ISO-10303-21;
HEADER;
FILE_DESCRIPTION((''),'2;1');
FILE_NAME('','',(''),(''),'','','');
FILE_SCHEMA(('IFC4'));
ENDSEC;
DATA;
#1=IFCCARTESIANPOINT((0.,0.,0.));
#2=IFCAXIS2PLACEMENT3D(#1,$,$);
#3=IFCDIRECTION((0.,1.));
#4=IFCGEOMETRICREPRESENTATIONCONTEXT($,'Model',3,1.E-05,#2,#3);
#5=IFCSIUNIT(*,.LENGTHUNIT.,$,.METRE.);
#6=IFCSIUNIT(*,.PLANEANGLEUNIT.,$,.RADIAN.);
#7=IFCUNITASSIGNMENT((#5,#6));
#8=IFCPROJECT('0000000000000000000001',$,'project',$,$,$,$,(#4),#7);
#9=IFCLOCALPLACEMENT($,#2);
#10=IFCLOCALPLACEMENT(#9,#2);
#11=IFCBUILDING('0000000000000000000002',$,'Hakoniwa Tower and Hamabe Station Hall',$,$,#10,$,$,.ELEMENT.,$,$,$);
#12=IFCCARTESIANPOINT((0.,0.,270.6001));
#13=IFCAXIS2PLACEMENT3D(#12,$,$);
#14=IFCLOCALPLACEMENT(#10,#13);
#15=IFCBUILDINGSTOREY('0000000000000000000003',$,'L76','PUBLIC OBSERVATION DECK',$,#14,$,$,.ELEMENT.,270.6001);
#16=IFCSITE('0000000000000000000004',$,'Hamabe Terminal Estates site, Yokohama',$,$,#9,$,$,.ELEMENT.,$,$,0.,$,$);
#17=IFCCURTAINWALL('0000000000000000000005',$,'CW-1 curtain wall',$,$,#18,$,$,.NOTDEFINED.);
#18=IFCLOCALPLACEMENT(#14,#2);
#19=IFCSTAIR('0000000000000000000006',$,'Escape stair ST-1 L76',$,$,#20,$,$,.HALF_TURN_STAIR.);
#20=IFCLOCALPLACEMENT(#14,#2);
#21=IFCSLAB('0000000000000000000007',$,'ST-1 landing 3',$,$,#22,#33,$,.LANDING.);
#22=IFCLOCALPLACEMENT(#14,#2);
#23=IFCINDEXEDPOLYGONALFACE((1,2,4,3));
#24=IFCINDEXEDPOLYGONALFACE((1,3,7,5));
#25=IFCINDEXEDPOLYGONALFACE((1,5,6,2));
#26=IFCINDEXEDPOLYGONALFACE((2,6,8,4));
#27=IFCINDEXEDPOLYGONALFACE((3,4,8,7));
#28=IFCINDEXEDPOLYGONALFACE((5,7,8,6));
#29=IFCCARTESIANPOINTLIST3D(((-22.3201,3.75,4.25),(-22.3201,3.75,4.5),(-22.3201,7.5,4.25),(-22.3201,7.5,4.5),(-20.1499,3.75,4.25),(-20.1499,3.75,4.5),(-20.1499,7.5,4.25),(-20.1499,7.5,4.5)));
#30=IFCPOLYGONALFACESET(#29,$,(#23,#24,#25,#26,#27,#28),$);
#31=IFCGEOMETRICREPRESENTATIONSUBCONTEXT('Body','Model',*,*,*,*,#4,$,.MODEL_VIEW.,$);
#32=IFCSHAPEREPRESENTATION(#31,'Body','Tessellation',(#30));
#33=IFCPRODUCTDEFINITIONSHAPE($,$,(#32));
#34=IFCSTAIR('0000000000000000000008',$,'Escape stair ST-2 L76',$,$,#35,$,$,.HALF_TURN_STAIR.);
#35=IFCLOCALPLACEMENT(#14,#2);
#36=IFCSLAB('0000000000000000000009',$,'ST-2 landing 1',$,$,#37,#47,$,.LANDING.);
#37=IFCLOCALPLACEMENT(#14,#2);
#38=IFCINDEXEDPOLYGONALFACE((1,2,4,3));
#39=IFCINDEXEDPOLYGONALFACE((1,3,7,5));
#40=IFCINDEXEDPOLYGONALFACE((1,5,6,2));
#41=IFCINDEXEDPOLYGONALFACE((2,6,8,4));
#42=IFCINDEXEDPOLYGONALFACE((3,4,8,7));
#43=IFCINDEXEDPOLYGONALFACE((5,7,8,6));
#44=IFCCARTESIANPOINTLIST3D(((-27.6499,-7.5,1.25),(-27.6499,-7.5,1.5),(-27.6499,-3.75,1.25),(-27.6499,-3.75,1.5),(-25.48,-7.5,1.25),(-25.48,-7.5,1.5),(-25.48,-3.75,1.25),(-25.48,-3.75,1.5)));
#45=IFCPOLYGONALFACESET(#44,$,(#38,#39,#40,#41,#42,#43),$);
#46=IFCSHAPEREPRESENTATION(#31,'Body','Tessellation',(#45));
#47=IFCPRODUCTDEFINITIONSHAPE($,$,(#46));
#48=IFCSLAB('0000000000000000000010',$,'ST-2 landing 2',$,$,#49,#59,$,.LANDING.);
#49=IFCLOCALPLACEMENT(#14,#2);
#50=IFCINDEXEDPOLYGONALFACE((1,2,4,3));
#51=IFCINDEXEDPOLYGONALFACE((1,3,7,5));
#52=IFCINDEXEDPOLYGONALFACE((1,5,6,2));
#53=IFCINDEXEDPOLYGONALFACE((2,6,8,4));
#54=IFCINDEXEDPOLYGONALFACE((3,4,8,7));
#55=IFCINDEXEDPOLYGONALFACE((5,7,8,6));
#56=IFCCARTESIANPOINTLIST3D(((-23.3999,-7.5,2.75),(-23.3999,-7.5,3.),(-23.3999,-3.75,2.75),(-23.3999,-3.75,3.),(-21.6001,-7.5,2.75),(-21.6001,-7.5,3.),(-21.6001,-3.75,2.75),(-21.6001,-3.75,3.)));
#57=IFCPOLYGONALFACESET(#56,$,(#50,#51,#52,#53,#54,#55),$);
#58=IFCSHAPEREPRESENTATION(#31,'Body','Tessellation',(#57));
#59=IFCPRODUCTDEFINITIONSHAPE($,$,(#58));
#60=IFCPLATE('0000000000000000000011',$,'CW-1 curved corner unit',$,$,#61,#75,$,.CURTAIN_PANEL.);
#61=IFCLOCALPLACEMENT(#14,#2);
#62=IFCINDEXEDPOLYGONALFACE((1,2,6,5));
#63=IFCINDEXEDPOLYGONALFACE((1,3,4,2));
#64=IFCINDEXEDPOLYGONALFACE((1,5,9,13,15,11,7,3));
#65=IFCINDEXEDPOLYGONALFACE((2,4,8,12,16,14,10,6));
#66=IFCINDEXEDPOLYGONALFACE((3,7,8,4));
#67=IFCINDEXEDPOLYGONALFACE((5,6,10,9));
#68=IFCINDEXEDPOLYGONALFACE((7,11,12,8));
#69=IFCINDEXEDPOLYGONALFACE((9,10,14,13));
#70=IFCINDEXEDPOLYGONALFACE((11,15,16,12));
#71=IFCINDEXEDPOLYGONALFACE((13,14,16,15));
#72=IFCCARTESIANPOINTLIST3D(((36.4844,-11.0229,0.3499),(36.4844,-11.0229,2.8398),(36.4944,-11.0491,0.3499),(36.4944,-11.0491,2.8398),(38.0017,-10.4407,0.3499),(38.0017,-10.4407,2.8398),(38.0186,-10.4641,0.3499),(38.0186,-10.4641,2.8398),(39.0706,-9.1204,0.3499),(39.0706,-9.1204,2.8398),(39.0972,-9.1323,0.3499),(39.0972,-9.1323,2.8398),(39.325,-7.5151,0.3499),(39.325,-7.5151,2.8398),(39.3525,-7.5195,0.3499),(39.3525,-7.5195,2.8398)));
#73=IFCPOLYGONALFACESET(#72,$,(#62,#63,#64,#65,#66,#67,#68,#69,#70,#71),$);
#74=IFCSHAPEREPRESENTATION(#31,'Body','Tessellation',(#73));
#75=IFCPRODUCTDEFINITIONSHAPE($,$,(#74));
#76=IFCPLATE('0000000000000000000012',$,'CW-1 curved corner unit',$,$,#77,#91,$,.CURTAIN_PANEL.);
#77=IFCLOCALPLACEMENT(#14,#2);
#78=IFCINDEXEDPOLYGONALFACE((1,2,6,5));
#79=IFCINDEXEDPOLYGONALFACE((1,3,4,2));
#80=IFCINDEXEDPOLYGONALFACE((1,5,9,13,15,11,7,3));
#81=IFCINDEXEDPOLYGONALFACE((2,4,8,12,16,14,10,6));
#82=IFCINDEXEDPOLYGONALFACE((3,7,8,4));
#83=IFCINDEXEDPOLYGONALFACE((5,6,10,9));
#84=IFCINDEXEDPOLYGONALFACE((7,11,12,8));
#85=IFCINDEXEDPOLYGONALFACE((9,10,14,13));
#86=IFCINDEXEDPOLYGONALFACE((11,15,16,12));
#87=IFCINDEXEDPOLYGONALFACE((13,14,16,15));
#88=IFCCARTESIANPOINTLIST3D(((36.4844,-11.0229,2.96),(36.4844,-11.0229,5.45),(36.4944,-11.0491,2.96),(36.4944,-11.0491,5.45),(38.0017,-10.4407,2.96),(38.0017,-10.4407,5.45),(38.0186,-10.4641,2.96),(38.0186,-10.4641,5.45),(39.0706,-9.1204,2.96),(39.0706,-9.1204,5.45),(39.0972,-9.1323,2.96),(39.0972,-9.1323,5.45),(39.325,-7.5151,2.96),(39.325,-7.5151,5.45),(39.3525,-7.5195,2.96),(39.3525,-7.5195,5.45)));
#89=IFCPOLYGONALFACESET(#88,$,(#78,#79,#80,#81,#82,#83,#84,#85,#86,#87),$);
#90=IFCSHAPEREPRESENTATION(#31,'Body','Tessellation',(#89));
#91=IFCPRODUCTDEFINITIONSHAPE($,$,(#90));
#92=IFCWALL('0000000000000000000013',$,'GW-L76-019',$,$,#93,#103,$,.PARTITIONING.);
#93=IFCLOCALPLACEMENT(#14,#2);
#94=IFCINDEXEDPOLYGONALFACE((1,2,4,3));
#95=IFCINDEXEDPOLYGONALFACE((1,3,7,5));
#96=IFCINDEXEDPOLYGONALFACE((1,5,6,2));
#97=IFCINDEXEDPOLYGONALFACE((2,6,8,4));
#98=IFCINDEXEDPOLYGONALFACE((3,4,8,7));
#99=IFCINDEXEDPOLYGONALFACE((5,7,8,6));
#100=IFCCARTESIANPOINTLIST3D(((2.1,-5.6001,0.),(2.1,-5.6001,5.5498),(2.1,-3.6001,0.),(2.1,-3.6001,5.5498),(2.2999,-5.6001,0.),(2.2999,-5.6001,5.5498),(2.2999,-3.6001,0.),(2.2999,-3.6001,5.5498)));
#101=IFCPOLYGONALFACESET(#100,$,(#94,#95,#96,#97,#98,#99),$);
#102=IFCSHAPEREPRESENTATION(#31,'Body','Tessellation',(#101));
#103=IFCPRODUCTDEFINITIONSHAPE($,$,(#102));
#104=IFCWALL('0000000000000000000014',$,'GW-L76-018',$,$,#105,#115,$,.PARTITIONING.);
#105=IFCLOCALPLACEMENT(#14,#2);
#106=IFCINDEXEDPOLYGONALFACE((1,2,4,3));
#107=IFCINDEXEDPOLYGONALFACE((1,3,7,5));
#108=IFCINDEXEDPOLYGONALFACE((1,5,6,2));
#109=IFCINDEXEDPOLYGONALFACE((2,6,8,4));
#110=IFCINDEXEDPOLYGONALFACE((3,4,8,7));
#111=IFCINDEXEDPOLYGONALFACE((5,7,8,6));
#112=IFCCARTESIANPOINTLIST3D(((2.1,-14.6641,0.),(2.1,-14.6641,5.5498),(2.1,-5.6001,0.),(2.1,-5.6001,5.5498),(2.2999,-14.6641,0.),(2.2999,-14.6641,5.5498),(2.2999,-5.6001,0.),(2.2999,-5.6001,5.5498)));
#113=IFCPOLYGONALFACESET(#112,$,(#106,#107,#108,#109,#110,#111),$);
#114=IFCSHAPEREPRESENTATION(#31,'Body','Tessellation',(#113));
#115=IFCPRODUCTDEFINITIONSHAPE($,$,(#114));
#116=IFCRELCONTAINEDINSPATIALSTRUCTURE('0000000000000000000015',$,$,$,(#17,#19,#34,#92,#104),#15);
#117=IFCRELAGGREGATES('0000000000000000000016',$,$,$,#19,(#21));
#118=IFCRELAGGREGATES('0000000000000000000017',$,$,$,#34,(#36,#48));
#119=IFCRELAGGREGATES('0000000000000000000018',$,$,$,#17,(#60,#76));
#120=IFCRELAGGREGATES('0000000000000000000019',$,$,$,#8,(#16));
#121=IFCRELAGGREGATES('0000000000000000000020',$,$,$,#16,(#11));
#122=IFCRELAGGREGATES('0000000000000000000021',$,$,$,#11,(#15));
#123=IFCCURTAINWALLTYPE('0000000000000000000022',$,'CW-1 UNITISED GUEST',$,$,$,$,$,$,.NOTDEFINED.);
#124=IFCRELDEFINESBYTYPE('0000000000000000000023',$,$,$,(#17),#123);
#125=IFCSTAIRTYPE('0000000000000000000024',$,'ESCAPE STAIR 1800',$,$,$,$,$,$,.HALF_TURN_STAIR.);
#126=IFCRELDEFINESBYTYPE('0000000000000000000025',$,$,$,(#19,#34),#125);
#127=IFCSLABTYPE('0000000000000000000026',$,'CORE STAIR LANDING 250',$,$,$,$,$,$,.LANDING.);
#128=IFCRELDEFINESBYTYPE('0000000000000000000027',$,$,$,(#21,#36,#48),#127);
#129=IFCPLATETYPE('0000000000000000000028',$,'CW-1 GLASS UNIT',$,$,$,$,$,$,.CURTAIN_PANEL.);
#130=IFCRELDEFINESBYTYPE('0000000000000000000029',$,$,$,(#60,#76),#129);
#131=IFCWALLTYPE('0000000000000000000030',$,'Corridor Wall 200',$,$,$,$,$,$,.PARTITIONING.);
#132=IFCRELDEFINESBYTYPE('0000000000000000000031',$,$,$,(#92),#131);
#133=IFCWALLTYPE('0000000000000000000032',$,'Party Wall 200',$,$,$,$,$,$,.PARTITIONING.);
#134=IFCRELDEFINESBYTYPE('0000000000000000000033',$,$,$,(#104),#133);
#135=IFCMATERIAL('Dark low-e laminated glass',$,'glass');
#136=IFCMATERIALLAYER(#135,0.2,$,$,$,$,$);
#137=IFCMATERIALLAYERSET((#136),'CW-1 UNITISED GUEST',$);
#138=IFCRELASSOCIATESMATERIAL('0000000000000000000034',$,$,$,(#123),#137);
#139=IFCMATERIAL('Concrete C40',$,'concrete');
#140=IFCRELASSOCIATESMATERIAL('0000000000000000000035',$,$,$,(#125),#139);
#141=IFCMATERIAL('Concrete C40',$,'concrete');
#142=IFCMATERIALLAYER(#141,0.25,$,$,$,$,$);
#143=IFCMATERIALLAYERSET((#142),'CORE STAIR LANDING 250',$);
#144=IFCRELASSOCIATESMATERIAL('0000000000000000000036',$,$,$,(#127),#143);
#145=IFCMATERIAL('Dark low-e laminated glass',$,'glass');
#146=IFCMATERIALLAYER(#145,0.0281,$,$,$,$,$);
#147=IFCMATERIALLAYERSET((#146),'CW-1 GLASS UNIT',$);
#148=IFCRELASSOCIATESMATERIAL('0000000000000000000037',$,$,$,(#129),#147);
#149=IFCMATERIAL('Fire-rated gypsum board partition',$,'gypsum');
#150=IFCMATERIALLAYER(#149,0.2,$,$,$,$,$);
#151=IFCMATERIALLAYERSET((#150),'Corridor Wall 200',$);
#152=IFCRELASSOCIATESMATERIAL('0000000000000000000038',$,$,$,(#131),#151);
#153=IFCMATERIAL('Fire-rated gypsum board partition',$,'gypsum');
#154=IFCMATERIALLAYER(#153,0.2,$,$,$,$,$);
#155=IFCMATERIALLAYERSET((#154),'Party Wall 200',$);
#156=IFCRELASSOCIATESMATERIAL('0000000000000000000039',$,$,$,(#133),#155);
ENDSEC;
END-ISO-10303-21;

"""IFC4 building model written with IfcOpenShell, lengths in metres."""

from ifc_helpers import new_model, si_unit, direction, frame, frame_2d, origin, place, context, subcontext, project, spatial, polyline, rectangle, outline, extrude, material, layer, layer_set, type_object, element, aggregate, save


model = new_model("IFC4")

# Units and contexts
model_context = context("Model", 3, precision=1e-05, world=origin(), true_north=direction((0.0, 1.0)))
body_context = subcontext(model_context, "Body", "Model", "MODEL_VIEW")
ifc_project = project(units=[si_unit("LENGTHUNIT", "METRE"), si_unit("PLANEANGLEUNIT", "RADIAN")], contexts=[model_context])

# Site, building, storey
site_placement = place(None, origin())
site = spatial("IfcSite", under=ifc_project, at=site_placement, Name="Hamabe Terminal Estates site, Yokohama", CompositionType="ELEMENT", RefElevation=0.0)
building_placement = place(site_placement, origin())
building = spatial("IfcBuilding", under=site, at=building_placement, Name="Hakoniwa Tower and Hamabe Station Hall", CompositionType="ELEMENT")
storey_placement = place(building_placement, frame((0.0, 0.0, 270.6001)))
storey = spatial("IfcBuildingStorey", under=building, at=storey_placement, Name="L76", Description="PUBLIC OBSERVATION DECK", CompositionType="ELEMENT", Elevation=270.6001)

# Curtain wall
ifc_material_1 = material(Name="Dark low-e laminated glass", Category="glass")
ifc_layer_1 = layer(ifc_material_1, 0.2)
ifc_layer_set_1 = layer_set([ifc_layer_1], Name="CW-1 UNITISED GUEST")
curtain_wall_type = type_object("IfcCurtainWallType", Name="CW-1 UNITISED GUEST", PredefinedType="NOTDEFINED", material=ifc_layer_set_1)
curtain_wall_1_placement = place(storey_placement, origin())
curtain_wall_1 = element("IfcCurtainWall", 1, at=curtain_wall_1_placement, inside=storey, type_object=curtain_wall_type, Name="CW-1 curtain wall", PredefinedType="NOTDEFINED")

# Stairs, slabs
ifc_material_2 = material(Name="Concrete C40", Category="concrete")
stair_type = type_object("IfcStairType", Name="ESCAPE STAIR 1800", PredefinedType="HALF_TURN_STAIR", material=ifc_material_2)
stair_1_placement = place(storey_placement, origin())
stair_1 = element("IfcStair", 2, at=stair_1_placement, inside=storey, type_object=stair_type, Name="Escape stair ST-1 L76", PredefinedType="HALF_TURN_STAIR")
ifc_material_3 = material(Name="Concrete C40", Category="concrete")
ifc_layer_2 = layer(ifc_material_3, 0.25)
ifc_layer_set_2 = layer_set([ifc_layer_2], Name="CORE STAIR LANDING 250")
slab_type = type_object("IfcSlabType", Name="CORE STAIR LANDING 250", PredefinedType="LANDING", material=ifc_layer_set_2)
slab_1_placement = place(storey_placement, frame((0.0, 0.0, 4.25)))
slab_1 = element("IfcSlab", 3, at=slab_1_placement, type_object=slab_type, Name="ST-1 landing 3", PredefinedType="LANDING", context=body_context, shape_type="SweptSolid", body=[
    extrude(outline(polyline([(-22.3201, 3.75), (-20.1499, 3.75), (-20.1499, 7.5), (-22.3201, 7.5), (-22.3201, 3.75)])), origin(), (0.0, 0.0, 1.0), 0.25),
])
aggregate(stair_1, [slab_1])
stair_2_placement = place(storey_placement, origin())
stair_2 = element("IfcStair", 4, at=stair_2_placement, inside=storey, type_object=stair_type, Name="Escape stair ST-2 L76", PredefinedType="HALF_TURN_STAIR")
slab_2_placement = place(storey_placement, frame((0.0, 0.0, 1.25)))
slab_2 = element("IfcSlab", 5, at=slab_2_placement, type_object=slab_type, Name="ST-2 landing 1", PredefinedType="LANDING", context=body_context, shape_type="SweptSolid", body=[
    extrude(outline(polyline([(-25.48, -7.5), (-27.6499, -7.5), (-27.6499, -3.75), (-25.48, -3.75), (-25.48, -7.5)])), origin(), (0.0, 0.0, 1.0), 0.25),
])
slab_3_placement = place(storey_placement, frame((0.0, 0.0, 2.75)))
slab_3 = element("IfcSlab", 6, at=slab_3_placement, type_object=slab_type, Name="ST-2 landing 2", PredefinedType="LANDING", context=body_context, shape_type="SweptSolid", body=[
    extrude(outline(polyline([(-21.6001, -7.5), (-23.3999, -7.5), (-23.3999, -3.75), (-21.6001, -3.75), (-21.6001, -7.5)])), origin(), (0.0, 0.0, 1.0), 0.25),
])
aggregate(stair_2, [slab_2, slab_3])

# Plates
ifc_material_4 = material(Name="Dark low-e laminated glass", Category="glass")
ifc_layer_3 = layer(ifc_material_4, 0.0281)
ifc_layer_set_3 = layer_set([ifc_layer_3], Name="CW-1 GLASS UNIT")
plate_type = type_object("IfcPlateType", Name="CW-1 GLASS UNIT", PredefinedType="CURTAIN_PANEL", material=ifc_layer_set_3)
plate_1_placement = place(storey_placement, frame((0.0, 0.0, 0.3499)))
plate_1 = element("IfcPlate", 7, at=plate_1_placement, type_object=plate_type, Name="CW-1 curved corner unit", PredefinedType="CURTAIN_PANEL", context=body_context, shape_type="SweptSolid", body=[
    extrude(outline(polyline([(36.4944, -11.0491), (38.0186, -10.4641), (39.0972, -9.1323), (39.3525, -7.5195), (39.325, -7.5151), (39.0706, -9.1204), (38.0017, -10.4407), (36.4844, -11.0229), (36.4944, -11.0491)])), origin(), (0.0, 0.0, 1.0), 2.49),
])
plate_2_placement = place(storey_placement, frame((0.0, 0.0, 2.96)))
plate_2 = element("IfcPlate", 8, at=plate_2_placement, type_object=plate_type, Name="CW-1 curved corner unit", PredefinedType="CURTAIN_PANEL", context=body_context, shape_type="SweptSolid", body=[
    extrude(outline(polyline([(36.4944, -11.0491), (38.0186, -10.4641), (39.0972, -9.1323), (39.3525, -7.5195), (39.325, -7.5151), (39.0706, -9.1204), (38.0017, -10.4407), (36.4844, -11.0229), (36.4944, -11.0491)])), origin(), (0.0, 0.0, 1.0), 2.49),
])
aggregate(curtain_wall_1, [plate_1, plate_2])

# Walls
ifc_material_5 = material(Name="Fire-rated gypsum board partition", Category="gypsum")
ifc_layer_4 = layer(ifc_material_5, 0.2)
ifc_layer_set_4 = layer_set([ifc_layer_4], Name="Corridor Wall 200")
wall_type_1 = type_object("IfcWallType", Name="Corridor Wall 200", PredefinedType="PARTITIONING", material=ifc_layer_set_4)
wall_1_placement = place(storey_placement, frame((2.2, -5.6001, 0.0), z_axis=(0.0, 0.0, 1.0), x_axis=(0.0, 1.0, 0.0)))
element("IfcWall", 9, at=wall_1_placement, inside=storey, type_object=wall_type_1, Name="GW-L76-019", PredefinedType="PARTITIONING", context=body_context, shape_type="SweptSolid", body=[
    extrude(rectangle(XDim=2.0, YDim=0.2, at=frame_2d((1.0, 0.0))), origin(), (0.0, 0.0, 1.0), 5.5498),
])
ifc_material_6 = material(Name="Fire-rated gypsum board partition", Category="gypsum")
ifc_layer_5 = layer(ifc_material_6, 0.2)
ifc_layer_set_5 = layer_set([ifc_layer_5], Name="Party Wall 200")
wall_type_2 = type_object("IfcWallType", Name="Party Wall 200", PredefinedType="PARTITIONING", material=ifc_layer_set_5)
wall_2_placement = place(storey_placement, frame((2.2, -14.6641, 0.0), z_axis=(0.0, 0.0, 1.0), x_axis=(0.0, 1.0, 0.0)))
element("IfcWall", 10, at=wall_2_placement, inside=storey, type_object=wall_type_2, Name="GW-L76-018", PredefinedType="PARTITIONING", context=body_context, shape_type="SweptSolid", body=[
    extrude(rectangle(XDim=9.064, YDim=0.2, at=frame_2d((4.532, 0.0))), origin(), (0.0, 0.0, 1.0), 5.5498),
])

save(model, "model.ifc")
